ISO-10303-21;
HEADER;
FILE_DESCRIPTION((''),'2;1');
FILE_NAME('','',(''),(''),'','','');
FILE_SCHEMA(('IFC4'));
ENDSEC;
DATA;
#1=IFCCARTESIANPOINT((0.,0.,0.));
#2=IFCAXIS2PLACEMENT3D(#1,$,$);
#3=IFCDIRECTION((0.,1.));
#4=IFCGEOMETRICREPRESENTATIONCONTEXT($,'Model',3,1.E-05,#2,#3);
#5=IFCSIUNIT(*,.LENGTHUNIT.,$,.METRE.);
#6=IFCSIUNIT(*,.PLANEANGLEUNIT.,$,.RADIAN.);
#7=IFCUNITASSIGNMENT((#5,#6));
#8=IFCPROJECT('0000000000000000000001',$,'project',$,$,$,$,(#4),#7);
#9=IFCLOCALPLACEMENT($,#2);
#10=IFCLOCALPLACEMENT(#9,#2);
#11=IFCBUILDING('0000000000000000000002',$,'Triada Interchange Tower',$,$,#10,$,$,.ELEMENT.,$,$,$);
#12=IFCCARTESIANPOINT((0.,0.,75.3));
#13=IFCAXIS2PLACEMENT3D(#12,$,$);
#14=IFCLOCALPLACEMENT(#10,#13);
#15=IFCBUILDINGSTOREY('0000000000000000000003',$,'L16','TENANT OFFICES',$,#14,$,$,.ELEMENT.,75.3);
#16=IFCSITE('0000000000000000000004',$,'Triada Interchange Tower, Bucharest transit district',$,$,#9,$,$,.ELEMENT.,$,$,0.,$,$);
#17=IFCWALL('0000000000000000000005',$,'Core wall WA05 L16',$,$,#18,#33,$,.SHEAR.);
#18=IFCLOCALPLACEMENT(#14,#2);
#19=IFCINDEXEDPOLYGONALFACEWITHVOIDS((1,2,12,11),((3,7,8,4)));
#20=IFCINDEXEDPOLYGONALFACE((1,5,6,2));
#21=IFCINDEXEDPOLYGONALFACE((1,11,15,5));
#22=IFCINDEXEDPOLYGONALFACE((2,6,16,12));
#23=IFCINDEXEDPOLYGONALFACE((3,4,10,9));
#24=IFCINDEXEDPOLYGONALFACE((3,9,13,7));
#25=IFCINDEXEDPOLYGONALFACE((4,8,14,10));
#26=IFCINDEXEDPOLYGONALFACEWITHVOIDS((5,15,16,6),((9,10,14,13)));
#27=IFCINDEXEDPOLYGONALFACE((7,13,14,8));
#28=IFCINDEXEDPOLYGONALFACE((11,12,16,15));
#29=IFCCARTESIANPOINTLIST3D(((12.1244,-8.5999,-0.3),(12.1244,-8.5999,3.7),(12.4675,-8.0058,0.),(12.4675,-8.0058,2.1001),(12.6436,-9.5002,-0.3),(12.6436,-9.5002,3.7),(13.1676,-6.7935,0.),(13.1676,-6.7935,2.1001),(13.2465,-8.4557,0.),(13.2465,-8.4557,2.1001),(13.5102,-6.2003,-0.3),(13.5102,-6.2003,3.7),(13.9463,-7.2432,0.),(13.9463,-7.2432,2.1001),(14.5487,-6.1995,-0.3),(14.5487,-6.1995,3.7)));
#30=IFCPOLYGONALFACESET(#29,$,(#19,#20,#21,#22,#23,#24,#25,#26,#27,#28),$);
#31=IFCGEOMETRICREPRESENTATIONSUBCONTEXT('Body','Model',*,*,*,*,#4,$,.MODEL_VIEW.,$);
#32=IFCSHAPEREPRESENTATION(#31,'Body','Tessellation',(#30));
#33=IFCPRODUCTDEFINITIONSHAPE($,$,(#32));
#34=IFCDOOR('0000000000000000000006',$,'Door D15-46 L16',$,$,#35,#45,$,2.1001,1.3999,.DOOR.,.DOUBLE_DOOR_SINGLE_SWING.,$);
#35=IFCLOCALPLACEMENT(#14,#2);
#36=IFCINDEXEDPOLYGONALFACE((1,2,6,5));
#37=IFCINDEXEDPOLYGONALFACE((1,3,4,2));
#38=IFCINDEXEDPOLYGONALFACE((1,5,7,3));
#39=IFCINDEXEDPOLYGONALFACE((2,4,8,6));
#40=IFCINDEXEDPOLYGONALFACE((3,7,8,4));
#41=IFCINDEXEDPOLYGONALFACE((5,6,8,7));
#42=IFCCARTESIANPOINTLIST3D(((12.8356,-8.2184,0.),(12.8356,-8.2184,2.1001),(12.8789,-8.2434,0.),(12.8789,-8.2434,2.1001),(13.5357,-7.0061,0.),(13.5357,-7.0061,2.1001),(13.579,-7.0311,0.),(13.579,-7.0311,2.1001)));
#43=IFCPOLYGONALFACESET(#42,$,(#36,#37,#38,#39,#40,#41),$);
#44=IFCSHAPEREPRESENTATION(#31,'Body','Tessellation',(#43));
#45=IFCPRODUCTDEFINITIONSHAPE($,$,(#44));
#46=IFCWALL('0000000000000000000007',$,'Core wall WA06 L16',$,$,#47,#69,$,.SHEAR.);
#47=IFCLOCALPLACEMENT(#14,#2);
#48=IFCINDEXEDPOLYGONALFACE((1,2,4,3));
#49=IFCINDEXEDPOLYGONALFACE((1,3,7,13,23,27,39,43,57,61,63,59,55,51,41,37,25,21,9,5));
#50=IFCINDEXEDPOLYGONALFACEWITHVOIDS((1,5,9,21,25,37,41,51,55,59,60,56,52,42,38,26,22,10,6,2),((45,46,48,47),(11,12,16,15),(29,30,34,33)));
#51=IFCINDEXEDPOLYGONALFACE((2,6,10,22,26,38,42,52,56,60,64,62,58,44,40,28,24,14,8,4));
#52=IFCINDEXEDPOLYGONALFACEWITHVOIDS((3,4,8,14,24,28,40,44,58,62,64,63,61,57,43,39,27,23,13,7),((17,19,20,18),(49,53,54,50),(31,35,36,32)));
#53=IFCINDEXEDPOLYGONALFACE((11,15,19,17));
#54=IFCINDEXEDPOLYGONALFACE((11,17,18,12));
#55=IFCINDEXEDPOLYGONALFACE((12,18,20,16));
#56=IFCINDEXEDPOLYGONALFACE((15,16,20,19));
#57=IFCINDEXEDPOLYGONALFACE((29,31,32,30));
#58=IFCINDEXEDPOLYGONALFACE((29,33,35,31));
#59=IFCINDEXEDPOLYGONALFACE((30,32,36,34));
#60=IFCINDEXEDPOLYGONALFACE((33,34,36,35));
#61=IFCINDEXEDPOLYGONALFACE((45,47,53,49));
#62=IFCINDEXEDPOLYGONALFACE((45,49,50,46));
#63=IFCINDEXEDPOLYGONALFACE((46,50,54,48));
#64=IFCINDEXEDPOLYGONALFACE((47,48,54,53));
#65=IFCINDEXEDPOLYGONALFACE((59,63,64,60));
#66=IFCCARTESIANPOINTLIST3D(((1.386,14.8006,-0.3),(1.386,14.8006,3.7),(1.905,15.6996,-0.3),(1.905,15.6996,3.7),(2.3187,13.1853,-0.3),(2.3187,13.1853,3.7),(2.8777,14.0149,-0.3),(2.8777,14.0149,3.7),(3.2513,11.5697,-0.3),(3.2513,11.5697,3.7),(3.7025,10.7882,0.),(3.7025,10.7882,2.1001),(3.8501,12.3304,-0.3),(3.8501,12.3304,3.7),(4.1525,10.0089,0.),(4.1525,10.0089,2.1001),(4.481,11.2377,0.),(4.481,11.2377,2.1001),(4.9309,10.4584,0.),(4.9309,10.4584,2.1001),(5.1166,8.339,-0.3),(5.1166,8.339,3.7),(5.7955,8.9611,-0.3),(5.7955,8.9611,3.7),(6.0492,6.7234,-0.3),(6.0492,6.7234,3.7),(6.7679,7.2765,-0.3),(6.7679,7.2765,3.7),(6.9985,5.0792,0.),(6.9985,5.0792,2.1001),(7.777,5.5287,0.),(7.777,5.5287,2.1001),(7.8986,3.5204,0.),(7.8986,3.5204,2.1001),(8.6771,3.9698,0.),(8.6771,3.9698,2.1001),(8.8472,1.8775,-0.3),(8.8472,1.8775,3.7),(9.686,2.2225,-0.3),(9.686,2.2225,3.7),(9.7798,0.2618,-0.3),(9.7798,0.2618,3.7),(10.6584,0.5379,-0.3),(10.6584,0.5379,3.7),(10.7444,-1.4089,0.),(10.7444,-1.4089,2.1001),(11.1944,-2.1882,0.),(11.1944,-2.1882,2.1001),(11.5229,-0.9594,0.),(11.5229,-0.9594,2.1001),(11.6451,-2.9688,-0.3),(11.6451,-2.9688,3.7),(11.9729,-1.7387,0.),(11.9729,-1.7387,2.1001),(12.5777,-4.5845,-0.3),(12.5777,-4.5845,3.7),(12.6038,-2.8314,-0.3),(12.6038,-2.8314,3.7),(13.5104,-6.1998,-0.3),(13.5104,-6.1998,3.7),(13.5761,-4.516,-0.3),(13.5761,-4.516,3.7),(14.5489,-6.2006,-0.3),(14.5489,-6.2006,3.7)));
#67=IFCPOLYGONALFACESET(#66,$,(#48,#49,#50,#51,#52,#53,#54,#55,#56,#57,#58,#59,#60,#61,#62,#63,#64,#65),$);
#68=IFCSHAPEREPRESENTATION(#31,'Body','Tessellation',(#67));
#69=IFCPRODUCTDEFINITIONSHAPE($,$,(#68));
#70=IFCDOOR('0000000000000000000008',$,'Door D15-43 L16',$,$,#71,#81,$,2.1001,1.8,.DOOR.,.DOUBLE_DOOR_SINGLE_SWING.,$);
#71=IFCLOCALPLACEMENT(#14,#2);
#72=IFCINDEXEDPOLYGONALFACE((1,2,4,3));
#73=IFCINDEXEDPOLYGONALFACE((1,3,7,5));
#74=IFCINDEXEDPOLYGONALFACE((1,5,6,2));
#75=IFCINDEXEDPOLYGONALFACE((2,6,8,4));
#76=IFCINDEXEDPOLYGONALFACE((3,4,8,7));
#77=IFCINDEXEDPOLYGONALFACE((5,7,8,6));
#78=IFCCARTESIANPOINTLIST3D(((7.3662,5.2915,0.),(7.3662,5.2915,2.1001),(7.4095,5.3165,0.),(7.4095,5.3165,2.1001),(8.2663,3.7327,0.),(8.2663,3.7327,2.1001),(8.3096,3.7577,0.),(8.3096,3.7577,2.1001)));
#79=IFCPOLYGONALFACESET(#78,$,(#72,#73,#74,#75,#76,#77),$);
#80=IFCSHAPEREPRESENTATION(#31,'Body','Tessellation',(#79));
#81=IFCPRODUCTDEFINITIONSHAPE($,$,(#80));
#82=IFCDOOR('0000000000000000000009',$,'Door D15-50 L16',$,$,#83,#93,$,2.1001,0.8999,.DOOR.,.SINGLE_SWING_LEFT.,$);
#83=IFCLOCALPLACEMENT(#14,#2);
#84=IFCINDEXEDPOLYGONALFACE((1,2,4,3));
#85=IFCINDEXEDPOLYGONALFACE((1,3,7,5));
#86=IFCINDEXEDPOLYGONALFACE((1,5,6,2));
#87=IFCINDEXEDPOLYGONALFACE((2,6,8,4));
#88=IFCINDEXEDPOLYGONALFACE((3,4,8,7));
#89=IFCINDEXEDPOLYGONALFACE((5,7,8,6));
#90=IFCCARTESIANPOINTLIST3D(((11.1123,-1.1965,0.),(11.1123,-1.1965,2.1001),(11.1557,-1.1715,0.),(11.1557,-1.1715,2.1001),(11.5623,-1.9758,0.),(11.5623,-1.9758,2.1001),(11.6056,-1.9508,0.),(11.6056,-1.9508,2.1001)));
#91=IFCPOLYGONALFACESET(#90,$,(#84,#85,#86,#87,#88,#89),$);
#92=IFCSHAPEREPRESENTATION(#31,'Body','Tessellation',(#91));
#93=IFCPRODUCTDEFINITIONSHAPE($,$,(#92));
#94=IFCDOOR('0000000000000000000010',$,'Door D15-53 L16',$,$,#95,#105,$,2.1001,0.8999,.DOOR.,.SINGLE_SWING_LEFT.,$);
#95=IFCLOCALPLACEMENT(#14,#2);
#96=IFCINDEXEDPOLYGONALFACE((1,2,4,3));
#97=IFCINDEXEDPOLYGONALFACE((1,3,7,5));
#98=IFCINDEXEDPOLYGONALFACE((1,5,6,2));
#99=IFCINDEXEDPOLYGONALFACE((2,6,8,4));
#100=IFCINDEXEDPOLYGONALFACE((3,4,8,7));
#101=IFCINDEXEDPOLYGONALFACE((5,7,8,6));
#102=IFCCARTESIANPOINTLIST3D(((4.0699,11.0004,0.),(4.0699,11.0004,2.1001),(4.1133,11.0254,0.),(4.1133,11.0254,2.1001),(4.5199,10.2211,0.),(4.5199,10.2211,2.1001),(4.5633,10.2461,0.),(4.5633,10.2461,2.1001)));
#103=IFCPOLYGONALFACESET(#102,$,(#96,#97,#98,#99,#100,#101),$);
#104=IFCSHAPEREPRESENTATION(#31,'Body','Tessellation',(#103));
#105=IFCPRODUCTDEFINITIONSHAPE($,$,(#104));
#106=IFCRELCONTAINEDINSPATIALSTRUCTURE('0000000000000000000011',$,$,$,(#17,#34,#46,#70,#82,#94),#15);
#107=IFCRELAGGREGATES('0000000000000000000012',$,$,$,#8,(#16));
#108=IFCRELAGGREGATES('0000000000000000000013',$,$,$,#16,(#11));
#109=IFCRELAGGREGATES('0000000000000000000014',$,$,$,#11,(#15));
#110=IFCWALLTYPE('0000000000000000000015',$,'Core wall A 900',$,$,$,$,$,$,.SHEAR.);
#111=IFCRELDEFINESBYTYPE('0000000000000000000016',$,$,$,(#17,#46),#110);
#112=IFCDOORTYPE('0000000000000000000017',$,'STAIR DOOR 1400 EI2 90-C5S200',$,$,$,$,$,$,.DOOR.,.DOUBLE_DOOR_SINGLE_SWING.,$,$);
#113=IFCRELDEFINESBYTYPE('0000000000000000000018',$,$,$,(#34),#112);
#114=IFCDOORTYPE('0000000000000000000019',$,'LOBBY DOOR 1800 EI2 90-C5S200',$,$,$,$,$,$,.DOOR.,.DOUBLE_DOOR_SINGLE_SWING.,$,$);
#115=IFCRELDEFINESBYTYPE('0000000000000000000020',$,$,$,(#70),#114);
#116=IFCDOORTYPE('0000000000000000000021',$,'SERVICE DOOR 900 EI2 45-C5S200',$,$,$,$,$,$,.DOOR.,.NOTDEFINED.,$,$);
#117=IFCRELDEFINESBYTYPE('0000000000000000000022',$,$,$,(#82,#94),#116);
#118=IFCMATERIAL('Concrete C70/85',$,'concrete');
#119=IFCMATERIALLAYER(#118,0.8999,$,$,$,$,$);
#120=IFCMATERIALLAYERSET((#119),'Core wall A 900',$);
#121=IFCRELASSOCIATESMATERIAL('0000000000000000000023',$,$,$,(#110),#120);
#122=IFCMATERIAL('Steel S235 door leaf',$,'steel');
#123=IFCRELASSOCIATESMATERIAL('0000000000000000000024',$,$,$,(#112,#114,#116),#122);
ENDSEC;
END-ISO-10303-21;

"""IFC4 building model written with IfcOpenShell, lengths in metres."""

from ifc_helpers import new_model, si_unit, direction, frame, frame_2d, origin, place, context, subcontext, project, spatial, polyline, rectangle, outline, extrude, material, layer, layer_set, type_object, element, fill, save


model = new_model("IFC4")

# Units and contexts
model_context = context("Model", 3, precision=1e-05, world=origin(), true_north=direction((0.0, 1.0)))
body_context = subcontext(model_context, "Body", "Model", "MODEL_VIEW")
ifc_project = project(units=[si_unit("LENGTHUNIT", "METRE"), si_unit("PLANEANGLEUNIT", "RADIAN")], contexts=[model_context])

# Site, building, storey
site_placement = place(None, origin())
site = spatial("IfcSite", under=ifc_project, at=site_placement, Name="Triada Interchange Tower, Bucharest transit district", CompositionType="ELEMENT", RefElevation=0.0)
building_placement = place(site_placement, origin())
building = spatial("IfcBuilding", under=site, at=building_placement, Name="Triada Interchange Tower", CompositionType="ELEMENT")
storey_placement = place(building_placement, frame((0.0, 0.0, 75.3)))
storey = spatial("IfcBuildingStorey", under=building, at=storey_placement, Name="L16", Description="TENANT OFFICES", CompositionType="ELEMENT", Elevation=75.3)

# Shared definitions
ifc_material_1 = material(Name="Steel S235 door leaf", Category="steel")

# Wall, opening, door
ifc_material_2 = material(Name="Concrete C70/85", Category="concrete")
ifc_layer_1 = layer(ifc_material_2, 0.8999)
ifc_layer_set_1 = layer_set([ifc_layer_1], Name="Core wall A 900")
wall_type_1 = type_object("IfcWallType", Name="Core wall A 900", PredefinedType="SHEAR", material=ifc_layer_set_1)
wall_1_placement = place(storey_placement, frame((12.384, -9.05, -0.3), z_axis=(0.0, 0.0, 1.0), x_axis=(0.500112, 0.865961, 0.0)))
wall_1 = element("IfcWall", 1, at=wall_1_placement, inside=storey, type_object=wall_type_1, Name="Core wall WA05 L16", PredefinedType="SHEAR", context=body_context, shape_type="SweptSolid", body=[
    extrude(outline(polyline([(-0.26, -0.45), (1.6455, -0.4495), (3.551, -0.449), (3.031, 0.45), (1.6455, 0.45), (0.26, 0.45), (-0.26, -0.45)])), origin(), (0.0, 0.0, 1.0), 4.0),
])
opening_1_placement = place(wall_1_placement, frame((0.946, 0.0, 0.3)))
opening_1 = element("IfcOpeningElement", 2, at=opening_1_placement, cuts=wall_1, PredefinedType="OPENING", context=body_context, shape_type="SweptSolid", body=[
    extrude(rectangle(XDim=1.3999, YDim=2.1001, at=frame_2d((0.7, 1.05))), frame((0.0, 0.46, 0.0), z_axis=(0.0, -1.0, 0.0), x_axis=(1.0, 0.0, 0.0)), (0.0, 0.0, 1.0), 0.9199),
])
door_type_1 = type_object("IfcDoorType", Name="STAIR DOOR 1400 EI2 90-C5S200", OperationType="DOUBLE_DOOR_SINGLE_SWING", PredefinedType="DOOR", material=ifc_material_1)
door_1_placement = place(opening_1_placement, origin())
door_1 = element("IfcDoor", 3, at=door_1_placement, inside=storey, type_object=door_type_1, Name="Door D15-46 L16", OperationType="DOUBLE_DOOR_SINGLE_SWING", OverallHeight=2.1001, OverallWidth=1.3999, PredefinedType="DOOR", context=body_context, shape_type="SweptSolid", body=[
    extrude(rectangle(XDim=1.3999, YDim=2.1001, at=frame_2d((0.7, 1.05))), frame((0.0, 0.0249, 0.0), z_axis=(0.0, -1.0, 0.0), x_axis=(1.0, 0.0, 0.0)), (0.0, 0.0, 1.0), 0.05),
])
fill(opening_1, door_1)

# Wall, openings, doors
wall_2_placement = place(storey_placement, frame((14.03, -6.2, -0.3), z_axis=(0.0, 0.0, 1.0), x_axis=(-0.500026, 0.86601, 0.0)))
wall_2 = element("IfcWall", 4, at=wall_2_placement, inside=storey, type_object=wall_type_1, Name="Core wall WA06 L16", PredefinedType="SHEAR", context=body_context, shape_type="SweptSolid", body=[
    extrude(outline(polyline([(-0.26, -0.449), (1.6853, -0.449), (3.6304, -0.4492), (5.5757, -0.4492), (7.521, -0.4492), (9.4661, -0.4495), (11.4114, -0.4495), (13.3567, -0.4495), (15.302, -0.4495), (17.2471, -0.4497), (19.1924, -0.4497), (21.1377, -0.4497), (23.0828, -0.45), (25.0281, -0.45), (24.509, 0.449), (22.6438, 0.449), (20.7783, 0.4492), (18.9131, 0.4492), (17.0479, 0.4492), (15.1824, 0.4495), (13.3171, 0.4495), (11.4519, 0.4495), (9.5867, 0.4495), (7.7212, 0.4497), (5.856, 0.4497), (3.9907, 0.4497), (2.1252, 0.45), (0.26, 0.45), (-0.26, -0.449)])), origin(), (0.0, 0.0, 1.0), 4.0),
])
opening_2_placement = place(wall_2_placement, frame((11.4839, 0.0, 0.3)))
opening_2 = element("IfcOpeningElement", 5, at=opening_2_placement, cuts=wall_2, PredefinedType="OPENING", context=body_context, shape_type="SweptSolid", body=[
    extrude(rectangle(XDim=1.8, YDim=2.1001, at=frame_2d((0.8999, 1.05))), frame((0.0, 0.46, 0.0), z_axis=(0.0, -1.0, 0.0), x_axis=(1.0, 0.0, 0.0)), (0.0, 0.0, 1.0), 0.9199),
])
opening_3_placement = place(wall_2_placement, frame((4.8921, 0.0, 0.3)))
opening_3 = element("IfcOpeningElement", 6, at=opening_3_placement, cuts=wall_2, PredefinedType="OPENING", context=body_context, shape_type="SweptSolid", body=[
    extrude(rectangle(XDim=0.8999, YDim=2.1001, at=frame_2d((0.45, 1.05))), frame((0.0, 0.46, 0.0), z_axis=(0.0, -1.0, 0.0), x_axis=(1.0, 0.0, 0.0)), (0.0, 0.0, 1.0), 0.9199),
])
opening_4_placement = place(wall_2_placement, frame((18.9761, 0.0, 0.3)))
opening_4 = element("IfcOpeningElement", 7, at=opening_4_placement, cuts=wall_2, PredefinedType="OPENING", context=body_context, shape_type="SweptSolid", body=[
    extrude(rectangle(XDim=0.8999, YDim=2.1001, at=frame_2d((0.45, 1.05))), frame((0.0, 0.46, 0.0), z_axis=(0.0, -1.0, 0.0), x_axis=(1.0, 0.0, 0.0)), (0.0, 0.0, 1.0), 0.9199),
])
door_type_2 = type_object("IfcDoorType", Name="LOBBY DOOR 1800 EI2 90-C5S200", OperationType="DOUBLE_DOOR_SINGLE_SWING", PredefinedType="DOOR", material=ifc_material_1)
door_2_placement = place(opening_2_placement, origin())
door_2 = element("IfcDoor", 8, at=door_2_placement, inside=storey, type_object=door_type_2, Name="Door D15-43 L16", OperationType="DOUBLE_DOOR_SINGLE_SWING", OverallHeight=2.1001, OverallWidth=1.8, PredefinedType="DOOR", context=body_context, shape_type="SweptSolid", body=[
    extrude(rectangle(XDim=1.8, YDim=2.1001, at=frame_2d((0.8999, 1.05))), frame((0.0, 0.0249, 0.0), z_axis=(0.0, -1.0, 0.0), x_axis=(1.0, 0.0, 0.0)), (0.0, 0.0, 1.0), 0.05),
])
fill(opening_2, door_2)
door_type_3 = type_object("IfcDoorType", Name="SERVICE DOOR 900 EI2 45-C5S200", OperationType="NOTDEFINED", PredefinedType="DOOR", material=ifc_material_1)
door_3_placement = place(opening_3_placement, origin())
door_3 = element("IfcDoor", 9, at=door_3_placement, inside=storey, type_object=door_type_3, Name="Door D15-50 L16", OperationType="SINGLE_SWING_LEFT", OverallHeight=2.1001, OverallWidth=0.8999, PredefinedType="DOOR", context=body_context, shape_type="SweptSolid", body=[
    extrude(rectangle(XDim=0.8999, YDim=2.1001, at=frame_2d((0.45, 1.05))), frame((0.0, 0.0249, 0.0), z_axis=(0.0, -1.0, 0.0), x_axis=(1.0, 0.0, 0.0)), (0.0, 0.0, 1.0), 0.05),
])
fill(opening_3, door_3)
door_4_placement = place(opening_4_placement, origin())
door_4 = element("IfcDoor", 10, at=door_4_placement, inside=storey, type_object=door_type_3, Name="Door D15-53 L16", OperationType="SINGLE_SWING_LEFT", OverallHeight=2.1001, OverallWidth=0.8999, PredefinedType="DOOR", context=body_context, shape_type="SweptSolid", body=[
    extrude(rectangle(XDim=0.8999, YDim=2.1001, at=frame_2d((0.45, 1.05))), frame((0.0, 0.0249, 0.0), z_axis=(0.0, -1.0, 0.0), x_axis=(1.0, 0.0, 0.0)), (0.0, 0.0, 1.0), 0.05),
])
fill(opening_4, door_4)

save(model, "model.ifc")
